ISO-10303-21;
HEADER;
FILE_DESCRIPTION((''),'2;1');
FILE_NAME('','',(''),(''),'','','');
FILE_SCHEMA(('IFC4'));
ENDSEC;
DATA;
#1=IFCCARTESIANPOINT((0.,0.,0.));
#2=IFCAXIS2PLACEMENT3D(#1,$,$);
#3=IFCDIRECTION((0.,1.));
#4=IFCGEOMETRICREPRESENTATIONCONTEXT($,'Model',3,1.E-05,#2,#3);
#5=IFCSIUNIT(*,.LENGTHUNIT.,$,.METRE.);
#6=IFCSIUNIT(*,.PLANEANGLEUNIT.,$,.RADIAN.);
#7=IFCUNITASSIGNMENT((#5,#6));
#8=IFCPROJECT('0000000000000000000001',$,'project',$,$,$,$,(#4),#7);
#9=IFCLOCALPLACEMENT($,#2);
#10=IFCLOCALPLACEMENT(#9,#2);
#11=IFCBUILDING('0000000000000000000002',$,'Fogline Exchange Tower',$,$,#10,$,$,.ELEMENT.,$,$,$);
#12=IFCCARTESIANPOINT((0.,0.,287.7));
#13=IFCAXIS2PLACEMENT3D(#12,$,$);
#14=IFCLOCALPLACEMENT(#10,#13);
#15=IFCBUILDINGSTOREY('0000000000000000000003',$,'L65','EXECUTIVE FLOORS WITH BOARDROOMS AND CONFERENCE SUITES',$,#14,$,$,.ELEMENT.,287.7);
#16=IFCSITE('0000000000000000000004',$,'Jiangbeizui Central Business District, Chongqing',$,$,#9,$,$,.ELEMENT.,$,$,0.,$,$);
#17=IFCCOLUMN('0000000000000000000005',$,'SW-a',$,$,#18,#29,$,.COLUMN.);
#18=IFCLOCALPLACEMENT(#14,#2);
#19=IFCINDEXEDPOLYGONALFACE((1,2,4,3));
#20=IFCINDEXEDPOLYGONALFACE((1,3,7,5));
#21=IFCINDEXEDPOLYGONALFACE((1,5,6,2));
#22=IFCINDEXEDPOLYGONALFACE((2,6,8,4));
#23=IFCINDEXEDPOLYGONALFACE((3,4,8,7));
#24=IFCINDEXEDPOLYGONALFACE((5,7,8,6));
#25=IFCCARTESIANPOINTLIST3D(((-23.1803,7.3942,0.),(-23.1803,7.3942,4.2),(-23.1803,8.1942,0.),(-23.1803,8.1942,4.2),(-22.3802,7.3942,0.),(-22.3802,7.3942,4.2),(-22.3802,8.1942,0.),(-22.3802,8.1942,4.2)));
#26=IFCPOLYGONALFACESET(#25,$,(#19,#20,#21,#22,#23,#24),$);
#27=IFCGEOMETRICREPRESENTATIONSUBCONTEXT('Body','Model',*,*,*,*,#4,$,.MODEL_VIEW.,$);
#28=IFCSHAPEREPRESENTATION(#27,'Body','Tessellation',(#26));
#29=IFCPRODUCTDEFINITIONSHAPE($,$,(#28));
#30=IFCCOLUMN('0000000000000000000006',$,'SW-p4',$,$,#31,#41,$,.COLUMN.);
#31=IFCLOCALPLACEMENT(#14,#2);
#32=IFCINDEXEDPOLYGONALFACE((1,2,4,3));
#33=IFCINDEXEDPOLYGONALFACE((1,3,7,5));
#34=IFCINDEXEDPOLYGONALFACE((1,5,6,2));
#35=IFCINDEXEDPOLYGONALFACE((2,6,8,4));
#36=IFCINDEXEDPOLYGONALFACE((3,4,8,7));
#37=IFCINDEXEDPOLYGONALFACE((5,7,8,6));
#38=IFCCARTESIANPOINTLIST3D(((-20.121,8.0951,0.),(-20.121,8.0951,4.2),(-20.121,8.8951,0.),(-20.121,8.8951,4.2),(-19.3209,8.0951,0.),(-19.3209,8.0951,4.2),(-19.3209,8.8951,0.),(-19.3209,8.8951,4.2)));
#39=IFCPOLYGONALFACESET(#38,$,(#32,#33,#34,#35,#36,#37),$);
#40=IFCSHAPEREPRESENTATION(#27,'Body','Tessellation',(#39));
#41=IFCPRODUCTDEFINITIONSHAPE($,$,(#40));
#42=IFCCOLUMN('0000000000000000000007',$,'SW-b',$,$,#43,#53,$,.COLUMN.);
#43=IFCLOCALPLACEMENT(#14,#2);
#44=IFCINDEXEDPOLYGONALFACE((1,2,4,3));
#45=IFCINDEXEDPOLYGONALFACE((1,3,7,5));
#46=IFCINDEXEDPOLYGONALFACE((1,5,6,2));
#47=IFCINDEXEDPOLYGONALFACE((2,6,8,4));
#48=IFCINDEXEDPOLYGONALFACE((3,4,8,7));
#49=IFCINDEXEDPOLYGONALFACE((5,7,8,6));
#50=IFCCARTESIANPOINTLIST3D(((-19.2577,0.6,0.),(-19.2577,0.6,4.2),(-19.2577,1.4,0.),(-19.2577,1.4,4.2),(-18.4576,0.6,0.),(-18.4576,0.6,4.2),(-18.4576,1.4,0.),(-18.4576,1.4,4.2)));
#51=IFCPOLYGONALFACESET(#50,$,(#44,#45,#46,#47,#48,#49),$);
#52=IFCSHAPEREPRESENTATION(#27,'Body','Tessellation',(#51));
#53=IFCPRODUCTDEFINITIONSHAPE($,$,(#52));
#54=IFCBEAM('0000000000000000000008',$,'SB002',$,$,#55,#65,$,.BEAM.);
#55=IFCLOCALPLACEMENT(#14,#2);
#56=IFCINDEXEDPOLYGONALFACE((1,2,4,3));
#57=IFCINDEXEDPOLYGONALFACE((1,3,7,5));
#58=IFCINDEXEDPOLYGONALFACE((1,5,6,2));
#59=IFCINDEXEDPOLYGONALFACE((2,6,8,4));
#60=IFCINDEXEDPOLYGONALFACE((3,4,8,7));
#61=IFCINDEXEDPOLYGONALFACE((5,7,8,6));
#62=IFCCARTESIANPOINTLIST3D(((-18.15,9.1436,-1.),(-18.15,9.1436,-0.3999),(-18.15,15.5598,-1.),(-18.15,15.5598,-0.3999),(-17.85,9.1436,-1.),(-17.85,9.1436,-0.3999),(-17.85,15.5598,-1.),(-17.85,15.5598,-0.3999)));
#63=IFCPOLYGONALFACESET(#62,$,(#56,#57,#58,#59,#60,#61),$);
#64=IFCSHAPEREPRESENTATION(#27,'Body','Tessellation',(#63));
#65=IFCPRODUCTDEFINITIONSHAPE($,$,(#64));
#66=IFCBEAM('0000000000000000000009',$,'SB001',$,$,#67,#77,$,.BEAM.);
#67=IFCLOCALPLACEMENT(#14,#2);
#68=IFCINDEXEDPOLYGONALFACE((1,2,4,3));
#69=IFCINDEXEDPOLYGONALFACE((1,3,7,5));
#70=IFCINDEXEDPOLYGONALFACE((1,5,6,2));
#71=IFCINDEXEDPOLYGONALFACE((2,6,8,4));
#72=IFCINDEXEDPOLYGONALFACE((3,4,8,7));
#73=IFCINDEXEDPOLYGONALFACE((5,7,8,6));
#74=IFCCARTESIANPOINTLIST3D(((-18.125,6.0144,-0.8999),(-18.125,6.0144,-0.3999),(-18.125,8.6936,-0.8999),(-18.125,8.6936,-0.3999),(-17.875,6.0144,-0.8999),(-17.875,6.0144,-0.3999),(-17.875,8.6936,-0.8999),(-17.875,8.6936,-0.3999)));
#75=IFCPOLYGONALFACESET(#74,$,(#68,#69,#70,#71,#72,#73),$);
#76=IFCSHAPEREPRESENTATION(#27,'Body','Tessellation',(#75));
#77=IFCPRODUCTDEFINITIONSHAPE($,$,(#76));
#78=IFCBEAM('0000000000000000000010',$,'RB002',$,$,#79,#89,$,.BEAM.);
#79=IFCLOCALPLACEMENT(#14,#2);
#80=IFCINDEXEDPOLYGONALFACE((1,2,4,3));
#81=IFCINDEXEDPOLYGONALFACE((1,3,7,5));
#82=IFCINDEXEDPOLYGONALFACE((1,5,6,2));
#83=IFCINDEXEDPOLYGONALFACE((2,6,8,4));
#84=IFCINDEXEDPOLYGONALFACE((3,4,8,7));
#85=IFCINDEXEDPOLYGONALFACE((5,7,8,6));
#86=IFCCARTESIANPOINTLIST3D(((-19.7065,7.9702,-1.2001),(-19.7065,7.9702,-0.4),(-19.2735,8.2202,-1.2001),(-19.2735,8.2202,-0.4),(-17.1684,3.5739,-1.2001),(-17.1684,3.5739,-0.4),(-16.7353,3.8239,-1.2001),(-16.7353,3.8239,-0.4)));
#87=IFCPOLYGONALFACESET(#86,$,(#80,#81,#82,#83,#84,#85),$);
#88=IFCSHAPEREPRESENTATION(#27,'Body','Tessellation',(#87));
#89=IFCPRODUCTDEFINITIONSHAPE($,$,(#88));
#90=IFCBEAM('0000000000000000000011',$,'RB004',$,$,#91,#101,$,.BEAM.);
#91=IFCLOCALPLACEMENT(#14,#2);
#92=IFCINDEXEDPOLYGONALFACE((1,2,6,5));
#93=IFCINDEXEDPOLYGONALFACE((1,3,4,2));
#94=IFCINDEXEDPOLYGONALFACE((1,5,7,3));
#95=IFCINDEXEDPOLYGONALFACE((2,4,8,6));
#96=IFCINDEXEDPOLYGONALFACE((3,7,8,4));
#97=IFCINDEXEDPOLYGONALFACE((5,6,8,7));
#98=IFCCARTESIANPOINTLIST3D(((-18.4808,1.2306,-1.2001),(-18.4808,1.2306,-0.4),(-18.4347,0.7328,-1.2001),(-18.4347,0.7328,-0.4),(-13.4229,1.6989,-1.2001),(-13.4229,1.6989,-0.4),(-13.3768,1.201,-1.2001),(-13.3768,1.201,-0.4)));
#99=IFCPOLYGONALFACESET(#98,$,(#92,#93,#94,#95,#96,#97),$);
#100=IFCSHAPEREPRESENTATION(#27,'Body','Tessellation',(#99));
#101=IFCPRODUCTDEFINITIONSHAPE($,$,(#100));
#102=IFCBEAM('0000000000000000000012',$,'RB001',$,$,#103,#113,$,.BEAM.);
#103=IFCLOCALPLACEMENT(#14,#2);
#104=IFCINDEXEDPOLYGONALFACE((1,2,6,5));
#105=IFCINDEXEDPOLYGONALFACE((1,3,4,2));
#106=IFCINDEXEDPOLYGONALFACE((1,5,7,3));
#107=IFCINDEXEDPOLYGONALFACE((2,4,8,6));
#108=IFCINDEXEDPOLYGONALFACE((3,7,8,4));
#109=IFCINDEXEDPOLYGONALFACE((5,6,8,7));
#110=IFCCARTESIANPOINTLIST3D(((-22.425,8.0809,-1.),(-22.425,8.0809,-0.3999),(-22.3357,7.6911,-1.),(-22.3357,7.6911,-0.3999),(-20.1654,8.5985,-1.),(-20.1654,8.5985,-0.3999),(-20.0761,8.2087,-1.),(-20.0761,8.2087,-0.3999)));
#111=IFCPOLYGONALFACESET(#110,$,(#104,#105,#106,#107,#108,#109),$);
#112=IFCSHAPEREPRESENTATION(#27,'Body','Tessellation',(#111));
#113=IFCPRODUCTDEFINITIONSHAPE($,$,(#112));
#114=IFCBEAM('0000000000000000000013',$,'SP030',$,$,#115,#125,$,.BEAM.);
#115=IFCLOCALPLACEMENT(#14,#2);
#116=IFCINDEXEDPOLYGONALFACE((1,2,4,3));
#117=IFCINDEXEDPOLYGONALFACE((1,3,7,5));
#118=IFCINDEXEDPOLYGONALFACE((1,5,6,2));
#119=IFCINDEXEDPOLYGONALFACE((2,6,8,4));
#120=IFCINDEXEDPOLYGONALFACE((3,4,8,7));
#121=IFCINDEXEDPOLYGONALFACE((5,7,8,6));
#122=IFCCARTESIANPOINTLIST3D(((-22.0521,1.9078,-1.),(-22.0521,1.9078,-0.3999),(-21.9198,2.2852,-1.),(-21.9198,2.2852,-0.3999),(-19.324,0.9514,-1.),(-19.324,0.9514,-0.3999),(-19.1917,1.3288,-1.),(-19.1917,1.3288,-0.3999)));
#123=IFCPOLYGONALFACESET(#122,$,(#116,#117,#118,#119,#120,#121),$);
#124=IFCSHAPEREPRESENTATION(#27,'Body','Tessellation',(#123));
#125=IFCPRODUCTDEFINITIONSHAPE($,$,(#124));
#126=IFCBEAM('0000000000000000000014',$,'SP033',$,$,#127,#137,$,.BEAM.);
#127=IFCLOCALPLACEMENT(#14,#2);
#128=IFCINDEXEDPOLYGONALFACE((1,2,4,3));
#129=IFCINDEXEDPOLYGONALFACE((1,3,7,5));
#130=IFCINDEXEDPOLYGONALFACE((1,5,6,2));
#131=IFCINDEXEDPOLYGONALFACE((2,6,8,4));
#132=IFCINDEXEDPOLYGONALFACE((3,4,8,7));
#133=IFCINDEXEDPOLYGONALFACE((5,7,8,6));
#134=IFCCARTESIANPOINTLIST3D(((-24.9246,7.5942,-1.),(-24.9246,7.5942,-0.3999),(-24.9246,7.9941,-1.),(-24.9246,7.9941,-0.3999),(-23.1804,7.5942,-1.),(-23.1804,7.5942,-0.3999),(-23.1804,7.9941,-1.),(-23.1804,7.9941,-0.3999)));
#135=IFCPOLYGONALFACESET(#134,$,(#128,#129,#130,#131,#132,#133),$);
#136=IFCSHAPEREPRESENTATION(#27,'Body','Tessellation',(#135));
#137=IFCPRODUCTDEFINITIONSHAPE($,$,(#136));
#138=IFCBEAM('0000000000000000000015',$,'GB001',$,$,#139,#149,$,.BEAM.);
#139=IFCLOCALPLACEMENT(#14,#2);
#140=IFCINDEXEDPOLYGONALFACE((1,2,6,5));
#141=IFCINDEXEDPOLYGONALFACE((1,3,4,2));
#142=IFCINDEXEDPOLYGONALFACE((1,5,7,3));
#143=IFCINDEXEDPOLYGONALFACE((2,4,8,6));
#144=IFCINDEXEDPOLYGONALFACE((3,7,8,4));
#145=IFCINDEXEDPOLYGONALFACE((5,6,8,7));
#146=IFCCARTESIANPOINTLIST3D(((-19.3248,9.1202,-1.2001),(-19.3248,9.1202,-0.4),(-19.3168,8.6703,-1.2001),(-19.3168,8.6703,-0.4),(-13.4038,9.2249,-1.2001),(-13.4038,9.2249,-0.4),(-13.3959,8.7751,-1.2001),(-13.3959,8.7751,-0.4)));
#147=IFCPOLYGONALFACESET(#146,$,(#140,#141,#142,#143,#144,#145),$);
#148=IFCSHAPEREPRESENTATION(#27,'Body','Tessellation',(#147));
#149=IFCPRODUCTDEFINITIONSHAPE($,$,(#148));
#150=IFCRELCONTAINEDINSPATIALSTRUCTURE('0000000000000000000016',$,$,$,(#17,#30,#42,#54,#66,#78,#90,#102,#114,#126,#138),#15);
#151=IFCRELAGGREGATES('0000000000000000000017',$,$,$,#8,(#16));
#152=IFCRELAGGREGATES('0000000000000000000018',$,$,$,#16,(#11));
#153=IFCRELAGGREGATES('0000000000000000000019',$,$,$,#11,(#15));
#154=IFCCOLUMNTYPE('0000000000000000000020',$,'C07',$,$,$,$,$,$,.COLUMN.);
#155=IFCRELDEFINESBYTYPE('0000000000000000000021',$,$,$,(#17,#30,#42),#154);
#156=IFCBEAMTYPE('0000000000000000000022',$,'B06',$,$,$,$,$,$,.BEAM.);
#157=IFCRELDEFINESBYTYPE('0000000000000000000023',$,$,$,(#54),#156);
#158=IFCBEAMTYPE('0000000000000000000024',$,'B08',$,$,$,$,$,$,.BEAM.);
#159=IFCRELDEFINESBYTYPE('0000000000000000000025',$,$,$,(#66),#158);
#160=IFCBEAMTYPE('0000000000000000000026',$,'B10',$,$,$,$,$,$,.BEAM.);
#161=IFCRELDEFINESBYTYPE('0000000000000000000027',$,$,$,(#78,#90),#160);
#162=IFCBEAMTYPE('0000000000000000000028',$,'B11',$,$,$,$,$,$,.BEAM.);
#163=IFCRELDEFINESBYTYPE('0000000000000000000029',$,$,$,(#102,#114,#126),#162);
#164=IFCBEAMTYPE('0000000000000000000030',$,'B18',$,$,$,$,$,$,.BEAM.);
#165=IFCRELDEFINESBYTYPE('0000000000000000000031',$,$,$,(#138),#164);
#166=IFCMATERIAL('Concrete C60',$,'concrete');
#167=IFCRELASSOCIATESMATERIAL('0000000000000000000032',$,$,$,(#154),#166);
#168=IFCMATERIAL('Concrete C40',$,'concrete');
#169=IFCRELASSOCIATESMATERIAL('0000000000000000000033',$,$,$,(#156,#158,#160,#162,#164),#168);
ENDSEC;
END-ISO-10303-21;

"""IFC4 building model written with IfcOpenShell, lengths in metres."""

from ifc_helpers import new_model, si_unit, direction, frame, origin, origin_2d, place, context, subcontext, project, spatial, rectangle, extrude, material, material_profile, profile_set, type_object, element, save


model = new_model("IFC4")

# Units and contexts
model_context = context("Model", 3, precision=1e-05, world=origin(), true_north=direction((0.0, 1.0)))
body_context = subcontext(model_context, "Body", "Model", "MODEL_VIEW")
ifc_project = project(units=[si_unit("LENGTHUNIT", "METRE"), si_unit("PLANEANGLEUNIT", "RADIAN")], contexts=[model_context])

# Site, building, storey
site_placement = place(None, origin())
site = spatial("IfcSite", under=ifc_project, at=site_placement, Name="Jiangbeizui Central Business District, Chongqing", CompositionType="ELEMENT", RefElevation=0.0)
building_placement = place(site_placement, origin())
building = spatial("IfcBuilding", under=site, at=building_placement, Name="Fogline Exchange Tower", CompositionType="ELEMENT")
storey_placement = place(building_placement, frame((0.0, 0.0, 287.7)))
storey = spatial("IfcBuildingStorey", under=building, at=storey_placement, Name="L65", Description="EXECUTIVE FLOORS WITH BOARDROOMS AND CONFERENCE SUITES", CompositionType="ELEMENT", Elevation=287.7)

# Columns
ifc_material_1 = material(Name="Concrete C60", Category="concrete")
ifc_material_profile_1 = material_profile(ifc_material_1, rectangle(XDim=0.8, YDim=0.8, at=origin_2d()), Name="RC 800x800")
ifc_profile_set_1 = profile_set([ifc_material_profile_1], Name="Concrete C60")
column_type = type_object("IfcColumnType", Name="C07", PredefinedType="COLUMN", material=ifc_profile_set_1)
for number, where, z_axis, x_axis, name in (
    (1, (-22.7803, 7.7942, 0.0), (0.0, 0.0, 1.0), (1.0, 0.0, 0.0), "SW-a"),
    (2, (-19.7209, 8.4951, 0.0), (0.0, 0.0, 1.0), (1.0, 0.0, 0.0), "SW-p4"),
    (3, (-18.8577, 1.0, 0.0), (0.0, 0.0, 1.0), (1.0, 0.0, 0.0), "SW-b"),
):
    element("IfcColumn", number, at=place(storey_placement, frame(where, z_axis=z_axis, x_axis=x_axis)), inside=storey, type_object=column_type, Name=name, PredefinedType="COLUMN", context=body_context, shape_type="SweptSolid", body=[
        extrude(rectangle(XDim=0.8, YDim=0.8, at=origin_2d()), origin(), (0.0, 0.0, 1.0), 4.2),
    ])

# Beams
ifc_material_2 = material(Name="Concrete C40", Category="concrete")
ifc_material_profile_2 = material_profile(ifc_material_2, rectangle(XDim=0.3, YDim=0.6001, at=origin_2d()), Name="RC 300x600")
ifc_profile_set_2 = profile_set([ifc_material_profile_2], Name="Concrete C40")
beam_type_1 = type_object("IfcBeamType", Name="B06", PredefinedType="BEAM", material=ifc_profile_set_2)
beam_1_placement = place(storey_placement, frame((-18.0, 9.1436, -0.7), z_axis=(0.0, 1.0, 0.0), x_axis=(-1.0, 0.0, 0.0)))
element("IfcBeam", 4, at=beam_1_placement, inside=storey, type_object=beam_type_1, Name="SB002", PredefinedType="BEAM", context=body_context, shape_type="SweptSolid", body=[
    extrude(rectangle(XDim=0.3, YDim=0.6001, at=origin_2d()), origin(), (0.0, 0.0, 1.0), 6.4163),
])
ifc_material_profile_3 = material_profile(ifc_material_2, rectangle(XDim=0.25, YDim=0.5, at=origin_2d()), Name="RC 250x500")
ifc_profile_set_3 = profile_set([ifc_material_profile_3], Name="Concrete C40")
beam_type_2 = type_object("IfcBeamType", Name="B08", PredefinedType="BEAM", material=ifc_profile_set_3)
beam_2_placement = place(storey_placement, frame((-18.0, 6.0144, -0.6499), z_axis=(0.0, 1.0, 0.0), x_axis=(-1.0, 0.0, 0.0)))
element("IfcBeam", 5, at=beam_2_placement, inside=storey, type_object=beam_type_2, Name="SB001", PredefinedType="BEAM", context=body_context, shape_type="SweptSolid", body=[
    extrude(rectangle(XDim=0.25, YDim=0.5, at=origin_2d()), origin(), (0.0, 0.0, 1.0), 2.6792),
])
ifc_material_profile_4 = material_profile(ifc_material_2, rectangle(XDim=0.5, YDim=0.8, at=origin_2d()), Name="RC 500x800")
ifc_profile_set_4 = profile_set([ifc_material_profile_4], Name="Concrete C40")
beam_type_3 = type_object("IfcBeamType", Name="B10", PredefinedType="BEAM", material=ifc_profile_set_4)
beam_3_placement = place(storey_placement, frame((-19.49, 8.0952, -0.8), z_axis=(0.499988, -0.866033, 0.0), x_axis=(0.866033, 0.499988, 0.0)))
element("IfcBeam", 6, at=beam_3_placement, inside=storey, type_object=beam_type_3, Name="RB002", PredefinedType="BEAM", context=body_context, shape_type="SweptSolid", body=[
    extrude(rectangle(XDim=0.5, YDim=0.8, at=origin_2d()), origin(), (0.0, 0.0, 1.0), 5.0764),
])
beam_4_placement = place(storey_placement, frame((-18.4578, 0.9817, -0.8), z_axis=(0.995742, 0.092187, 0.0), x_axis=(-0.092187, 0.995742, 0.0)))
element("IfcBeam", 7, at=beam_4_placement, inside=storey, type_object=beam_type_3, Name="RB004", PredefinedType="BEAM", context=body_context, shape_type="SweptSolid", body=[
    extrude(rectangle(XDim=0.5, YDim=0.8, at=origin_2d()), origin(), (0.0, 0.0, 1.0), 5.0796),
])
ifc_material_profile_5 = material_profile(ifc_material_2, rectangle(XDim=0.3999, YDim=0.6001, at=origin_2d()), Name="RC 400x600")
ifc_profile_set_5 = profile_set([ifc_material_profile_5], Name="Concrete C40")
beam_type_4 = type_object("IfcBeamType", Name="B11", PredefinedType="BEAM", material=ifc_profile_set_5)
beam_5_placement = place(storey_placement, frame((-22.3804, 7.886, -0.7), z_axis=(0.974754, 0.223282, 0.0), x_axis=(-0.223282, 0.974754, 0.0)))
element("IfcBeam", 8, at=beam_5_placement, inside=storey, type_object=beam_type_4, Name="RB001", PredefinedType="BEAM", context=body_context, shape_type="SweptSolid", body=[
    extrude(rectangle(XDim=0.3999, YDim=0.6001, at=origin_2d()), origin(), (0.0, 0.0, 1.0), 2.3181),
])
beam_6_placement = place(storey_placement, frame((-19.2578, 1.1401, -0.7), z_axis=(-0.943698, 0.330809, 0.0), x_axis=(-0.330809, -0.943698, 0.0)))
element("IfcBeam", 9, at=beam_6_placement, inside=storey, type_object=beam_type_4, Name="SP030", PredefinedType="BEAM", context=body_context, shape_type="SweptSolid", body=[
    extrude(rectangle(XDim=0.3999, YDim=0.6001, at=origin_2d()), origin(), (0.0, 0.0, 1.0), 2.8909),
])
beam_7_placement = place(storey_placement, frame((-23.1804, 7.7942, -0.7), z_axis=(-1.0, 0.0, 0.0), x_axis=(0.0, -1.0, 0.0)))
element("IfcBeam", 10, at=beam_7_placement, inside=storey, type_object=beam_type_4, Name="SP033", PredefinedType="BEAM", context=body_context, shape_type="SweptSolid", body=[
    extrude(rectangle(XDim=0.3999, YDim=0.6001, at=origin_2d()), origin(), (0.0, 0.0, 1.0), 1.7441),
])
ifc_material_profile_6 = material_profile(ifc_material_2, rectangle(XDim=0.45, YDim=0.8, at=origin_2d()), Name="RC 450x800")
ifc_profile_set_6 = profile_set([ifc_material_profile_6], Name="Concrete C40")
beam_type_5 = type_object("IfcBeamType", Name="B18", PredefinedType="BEAM", material=ifc_profile_set_6)
beam_8_placement = place(storey_placement, frame((-19.3208, 8.8953, -0.8), z_axis=(0.999844, 0.017686, 0.0), x_axis=(-0.017686, 0.999844, 0.0)))
element("IfcBeam", 11, at=beam_8_placement, inside=storey, type_object=beam_type_5, Name="GB001", PredefinedType="BEAM", context=body_context, shape_type="SweptSolid", body=[
    extrude(rectangle(XDim=0.45, YDim=0.8, at=origin_2d()), origin(), (0.0, 0.0, 1.0), 5.9219),
])

save(model, "model.ifc")
